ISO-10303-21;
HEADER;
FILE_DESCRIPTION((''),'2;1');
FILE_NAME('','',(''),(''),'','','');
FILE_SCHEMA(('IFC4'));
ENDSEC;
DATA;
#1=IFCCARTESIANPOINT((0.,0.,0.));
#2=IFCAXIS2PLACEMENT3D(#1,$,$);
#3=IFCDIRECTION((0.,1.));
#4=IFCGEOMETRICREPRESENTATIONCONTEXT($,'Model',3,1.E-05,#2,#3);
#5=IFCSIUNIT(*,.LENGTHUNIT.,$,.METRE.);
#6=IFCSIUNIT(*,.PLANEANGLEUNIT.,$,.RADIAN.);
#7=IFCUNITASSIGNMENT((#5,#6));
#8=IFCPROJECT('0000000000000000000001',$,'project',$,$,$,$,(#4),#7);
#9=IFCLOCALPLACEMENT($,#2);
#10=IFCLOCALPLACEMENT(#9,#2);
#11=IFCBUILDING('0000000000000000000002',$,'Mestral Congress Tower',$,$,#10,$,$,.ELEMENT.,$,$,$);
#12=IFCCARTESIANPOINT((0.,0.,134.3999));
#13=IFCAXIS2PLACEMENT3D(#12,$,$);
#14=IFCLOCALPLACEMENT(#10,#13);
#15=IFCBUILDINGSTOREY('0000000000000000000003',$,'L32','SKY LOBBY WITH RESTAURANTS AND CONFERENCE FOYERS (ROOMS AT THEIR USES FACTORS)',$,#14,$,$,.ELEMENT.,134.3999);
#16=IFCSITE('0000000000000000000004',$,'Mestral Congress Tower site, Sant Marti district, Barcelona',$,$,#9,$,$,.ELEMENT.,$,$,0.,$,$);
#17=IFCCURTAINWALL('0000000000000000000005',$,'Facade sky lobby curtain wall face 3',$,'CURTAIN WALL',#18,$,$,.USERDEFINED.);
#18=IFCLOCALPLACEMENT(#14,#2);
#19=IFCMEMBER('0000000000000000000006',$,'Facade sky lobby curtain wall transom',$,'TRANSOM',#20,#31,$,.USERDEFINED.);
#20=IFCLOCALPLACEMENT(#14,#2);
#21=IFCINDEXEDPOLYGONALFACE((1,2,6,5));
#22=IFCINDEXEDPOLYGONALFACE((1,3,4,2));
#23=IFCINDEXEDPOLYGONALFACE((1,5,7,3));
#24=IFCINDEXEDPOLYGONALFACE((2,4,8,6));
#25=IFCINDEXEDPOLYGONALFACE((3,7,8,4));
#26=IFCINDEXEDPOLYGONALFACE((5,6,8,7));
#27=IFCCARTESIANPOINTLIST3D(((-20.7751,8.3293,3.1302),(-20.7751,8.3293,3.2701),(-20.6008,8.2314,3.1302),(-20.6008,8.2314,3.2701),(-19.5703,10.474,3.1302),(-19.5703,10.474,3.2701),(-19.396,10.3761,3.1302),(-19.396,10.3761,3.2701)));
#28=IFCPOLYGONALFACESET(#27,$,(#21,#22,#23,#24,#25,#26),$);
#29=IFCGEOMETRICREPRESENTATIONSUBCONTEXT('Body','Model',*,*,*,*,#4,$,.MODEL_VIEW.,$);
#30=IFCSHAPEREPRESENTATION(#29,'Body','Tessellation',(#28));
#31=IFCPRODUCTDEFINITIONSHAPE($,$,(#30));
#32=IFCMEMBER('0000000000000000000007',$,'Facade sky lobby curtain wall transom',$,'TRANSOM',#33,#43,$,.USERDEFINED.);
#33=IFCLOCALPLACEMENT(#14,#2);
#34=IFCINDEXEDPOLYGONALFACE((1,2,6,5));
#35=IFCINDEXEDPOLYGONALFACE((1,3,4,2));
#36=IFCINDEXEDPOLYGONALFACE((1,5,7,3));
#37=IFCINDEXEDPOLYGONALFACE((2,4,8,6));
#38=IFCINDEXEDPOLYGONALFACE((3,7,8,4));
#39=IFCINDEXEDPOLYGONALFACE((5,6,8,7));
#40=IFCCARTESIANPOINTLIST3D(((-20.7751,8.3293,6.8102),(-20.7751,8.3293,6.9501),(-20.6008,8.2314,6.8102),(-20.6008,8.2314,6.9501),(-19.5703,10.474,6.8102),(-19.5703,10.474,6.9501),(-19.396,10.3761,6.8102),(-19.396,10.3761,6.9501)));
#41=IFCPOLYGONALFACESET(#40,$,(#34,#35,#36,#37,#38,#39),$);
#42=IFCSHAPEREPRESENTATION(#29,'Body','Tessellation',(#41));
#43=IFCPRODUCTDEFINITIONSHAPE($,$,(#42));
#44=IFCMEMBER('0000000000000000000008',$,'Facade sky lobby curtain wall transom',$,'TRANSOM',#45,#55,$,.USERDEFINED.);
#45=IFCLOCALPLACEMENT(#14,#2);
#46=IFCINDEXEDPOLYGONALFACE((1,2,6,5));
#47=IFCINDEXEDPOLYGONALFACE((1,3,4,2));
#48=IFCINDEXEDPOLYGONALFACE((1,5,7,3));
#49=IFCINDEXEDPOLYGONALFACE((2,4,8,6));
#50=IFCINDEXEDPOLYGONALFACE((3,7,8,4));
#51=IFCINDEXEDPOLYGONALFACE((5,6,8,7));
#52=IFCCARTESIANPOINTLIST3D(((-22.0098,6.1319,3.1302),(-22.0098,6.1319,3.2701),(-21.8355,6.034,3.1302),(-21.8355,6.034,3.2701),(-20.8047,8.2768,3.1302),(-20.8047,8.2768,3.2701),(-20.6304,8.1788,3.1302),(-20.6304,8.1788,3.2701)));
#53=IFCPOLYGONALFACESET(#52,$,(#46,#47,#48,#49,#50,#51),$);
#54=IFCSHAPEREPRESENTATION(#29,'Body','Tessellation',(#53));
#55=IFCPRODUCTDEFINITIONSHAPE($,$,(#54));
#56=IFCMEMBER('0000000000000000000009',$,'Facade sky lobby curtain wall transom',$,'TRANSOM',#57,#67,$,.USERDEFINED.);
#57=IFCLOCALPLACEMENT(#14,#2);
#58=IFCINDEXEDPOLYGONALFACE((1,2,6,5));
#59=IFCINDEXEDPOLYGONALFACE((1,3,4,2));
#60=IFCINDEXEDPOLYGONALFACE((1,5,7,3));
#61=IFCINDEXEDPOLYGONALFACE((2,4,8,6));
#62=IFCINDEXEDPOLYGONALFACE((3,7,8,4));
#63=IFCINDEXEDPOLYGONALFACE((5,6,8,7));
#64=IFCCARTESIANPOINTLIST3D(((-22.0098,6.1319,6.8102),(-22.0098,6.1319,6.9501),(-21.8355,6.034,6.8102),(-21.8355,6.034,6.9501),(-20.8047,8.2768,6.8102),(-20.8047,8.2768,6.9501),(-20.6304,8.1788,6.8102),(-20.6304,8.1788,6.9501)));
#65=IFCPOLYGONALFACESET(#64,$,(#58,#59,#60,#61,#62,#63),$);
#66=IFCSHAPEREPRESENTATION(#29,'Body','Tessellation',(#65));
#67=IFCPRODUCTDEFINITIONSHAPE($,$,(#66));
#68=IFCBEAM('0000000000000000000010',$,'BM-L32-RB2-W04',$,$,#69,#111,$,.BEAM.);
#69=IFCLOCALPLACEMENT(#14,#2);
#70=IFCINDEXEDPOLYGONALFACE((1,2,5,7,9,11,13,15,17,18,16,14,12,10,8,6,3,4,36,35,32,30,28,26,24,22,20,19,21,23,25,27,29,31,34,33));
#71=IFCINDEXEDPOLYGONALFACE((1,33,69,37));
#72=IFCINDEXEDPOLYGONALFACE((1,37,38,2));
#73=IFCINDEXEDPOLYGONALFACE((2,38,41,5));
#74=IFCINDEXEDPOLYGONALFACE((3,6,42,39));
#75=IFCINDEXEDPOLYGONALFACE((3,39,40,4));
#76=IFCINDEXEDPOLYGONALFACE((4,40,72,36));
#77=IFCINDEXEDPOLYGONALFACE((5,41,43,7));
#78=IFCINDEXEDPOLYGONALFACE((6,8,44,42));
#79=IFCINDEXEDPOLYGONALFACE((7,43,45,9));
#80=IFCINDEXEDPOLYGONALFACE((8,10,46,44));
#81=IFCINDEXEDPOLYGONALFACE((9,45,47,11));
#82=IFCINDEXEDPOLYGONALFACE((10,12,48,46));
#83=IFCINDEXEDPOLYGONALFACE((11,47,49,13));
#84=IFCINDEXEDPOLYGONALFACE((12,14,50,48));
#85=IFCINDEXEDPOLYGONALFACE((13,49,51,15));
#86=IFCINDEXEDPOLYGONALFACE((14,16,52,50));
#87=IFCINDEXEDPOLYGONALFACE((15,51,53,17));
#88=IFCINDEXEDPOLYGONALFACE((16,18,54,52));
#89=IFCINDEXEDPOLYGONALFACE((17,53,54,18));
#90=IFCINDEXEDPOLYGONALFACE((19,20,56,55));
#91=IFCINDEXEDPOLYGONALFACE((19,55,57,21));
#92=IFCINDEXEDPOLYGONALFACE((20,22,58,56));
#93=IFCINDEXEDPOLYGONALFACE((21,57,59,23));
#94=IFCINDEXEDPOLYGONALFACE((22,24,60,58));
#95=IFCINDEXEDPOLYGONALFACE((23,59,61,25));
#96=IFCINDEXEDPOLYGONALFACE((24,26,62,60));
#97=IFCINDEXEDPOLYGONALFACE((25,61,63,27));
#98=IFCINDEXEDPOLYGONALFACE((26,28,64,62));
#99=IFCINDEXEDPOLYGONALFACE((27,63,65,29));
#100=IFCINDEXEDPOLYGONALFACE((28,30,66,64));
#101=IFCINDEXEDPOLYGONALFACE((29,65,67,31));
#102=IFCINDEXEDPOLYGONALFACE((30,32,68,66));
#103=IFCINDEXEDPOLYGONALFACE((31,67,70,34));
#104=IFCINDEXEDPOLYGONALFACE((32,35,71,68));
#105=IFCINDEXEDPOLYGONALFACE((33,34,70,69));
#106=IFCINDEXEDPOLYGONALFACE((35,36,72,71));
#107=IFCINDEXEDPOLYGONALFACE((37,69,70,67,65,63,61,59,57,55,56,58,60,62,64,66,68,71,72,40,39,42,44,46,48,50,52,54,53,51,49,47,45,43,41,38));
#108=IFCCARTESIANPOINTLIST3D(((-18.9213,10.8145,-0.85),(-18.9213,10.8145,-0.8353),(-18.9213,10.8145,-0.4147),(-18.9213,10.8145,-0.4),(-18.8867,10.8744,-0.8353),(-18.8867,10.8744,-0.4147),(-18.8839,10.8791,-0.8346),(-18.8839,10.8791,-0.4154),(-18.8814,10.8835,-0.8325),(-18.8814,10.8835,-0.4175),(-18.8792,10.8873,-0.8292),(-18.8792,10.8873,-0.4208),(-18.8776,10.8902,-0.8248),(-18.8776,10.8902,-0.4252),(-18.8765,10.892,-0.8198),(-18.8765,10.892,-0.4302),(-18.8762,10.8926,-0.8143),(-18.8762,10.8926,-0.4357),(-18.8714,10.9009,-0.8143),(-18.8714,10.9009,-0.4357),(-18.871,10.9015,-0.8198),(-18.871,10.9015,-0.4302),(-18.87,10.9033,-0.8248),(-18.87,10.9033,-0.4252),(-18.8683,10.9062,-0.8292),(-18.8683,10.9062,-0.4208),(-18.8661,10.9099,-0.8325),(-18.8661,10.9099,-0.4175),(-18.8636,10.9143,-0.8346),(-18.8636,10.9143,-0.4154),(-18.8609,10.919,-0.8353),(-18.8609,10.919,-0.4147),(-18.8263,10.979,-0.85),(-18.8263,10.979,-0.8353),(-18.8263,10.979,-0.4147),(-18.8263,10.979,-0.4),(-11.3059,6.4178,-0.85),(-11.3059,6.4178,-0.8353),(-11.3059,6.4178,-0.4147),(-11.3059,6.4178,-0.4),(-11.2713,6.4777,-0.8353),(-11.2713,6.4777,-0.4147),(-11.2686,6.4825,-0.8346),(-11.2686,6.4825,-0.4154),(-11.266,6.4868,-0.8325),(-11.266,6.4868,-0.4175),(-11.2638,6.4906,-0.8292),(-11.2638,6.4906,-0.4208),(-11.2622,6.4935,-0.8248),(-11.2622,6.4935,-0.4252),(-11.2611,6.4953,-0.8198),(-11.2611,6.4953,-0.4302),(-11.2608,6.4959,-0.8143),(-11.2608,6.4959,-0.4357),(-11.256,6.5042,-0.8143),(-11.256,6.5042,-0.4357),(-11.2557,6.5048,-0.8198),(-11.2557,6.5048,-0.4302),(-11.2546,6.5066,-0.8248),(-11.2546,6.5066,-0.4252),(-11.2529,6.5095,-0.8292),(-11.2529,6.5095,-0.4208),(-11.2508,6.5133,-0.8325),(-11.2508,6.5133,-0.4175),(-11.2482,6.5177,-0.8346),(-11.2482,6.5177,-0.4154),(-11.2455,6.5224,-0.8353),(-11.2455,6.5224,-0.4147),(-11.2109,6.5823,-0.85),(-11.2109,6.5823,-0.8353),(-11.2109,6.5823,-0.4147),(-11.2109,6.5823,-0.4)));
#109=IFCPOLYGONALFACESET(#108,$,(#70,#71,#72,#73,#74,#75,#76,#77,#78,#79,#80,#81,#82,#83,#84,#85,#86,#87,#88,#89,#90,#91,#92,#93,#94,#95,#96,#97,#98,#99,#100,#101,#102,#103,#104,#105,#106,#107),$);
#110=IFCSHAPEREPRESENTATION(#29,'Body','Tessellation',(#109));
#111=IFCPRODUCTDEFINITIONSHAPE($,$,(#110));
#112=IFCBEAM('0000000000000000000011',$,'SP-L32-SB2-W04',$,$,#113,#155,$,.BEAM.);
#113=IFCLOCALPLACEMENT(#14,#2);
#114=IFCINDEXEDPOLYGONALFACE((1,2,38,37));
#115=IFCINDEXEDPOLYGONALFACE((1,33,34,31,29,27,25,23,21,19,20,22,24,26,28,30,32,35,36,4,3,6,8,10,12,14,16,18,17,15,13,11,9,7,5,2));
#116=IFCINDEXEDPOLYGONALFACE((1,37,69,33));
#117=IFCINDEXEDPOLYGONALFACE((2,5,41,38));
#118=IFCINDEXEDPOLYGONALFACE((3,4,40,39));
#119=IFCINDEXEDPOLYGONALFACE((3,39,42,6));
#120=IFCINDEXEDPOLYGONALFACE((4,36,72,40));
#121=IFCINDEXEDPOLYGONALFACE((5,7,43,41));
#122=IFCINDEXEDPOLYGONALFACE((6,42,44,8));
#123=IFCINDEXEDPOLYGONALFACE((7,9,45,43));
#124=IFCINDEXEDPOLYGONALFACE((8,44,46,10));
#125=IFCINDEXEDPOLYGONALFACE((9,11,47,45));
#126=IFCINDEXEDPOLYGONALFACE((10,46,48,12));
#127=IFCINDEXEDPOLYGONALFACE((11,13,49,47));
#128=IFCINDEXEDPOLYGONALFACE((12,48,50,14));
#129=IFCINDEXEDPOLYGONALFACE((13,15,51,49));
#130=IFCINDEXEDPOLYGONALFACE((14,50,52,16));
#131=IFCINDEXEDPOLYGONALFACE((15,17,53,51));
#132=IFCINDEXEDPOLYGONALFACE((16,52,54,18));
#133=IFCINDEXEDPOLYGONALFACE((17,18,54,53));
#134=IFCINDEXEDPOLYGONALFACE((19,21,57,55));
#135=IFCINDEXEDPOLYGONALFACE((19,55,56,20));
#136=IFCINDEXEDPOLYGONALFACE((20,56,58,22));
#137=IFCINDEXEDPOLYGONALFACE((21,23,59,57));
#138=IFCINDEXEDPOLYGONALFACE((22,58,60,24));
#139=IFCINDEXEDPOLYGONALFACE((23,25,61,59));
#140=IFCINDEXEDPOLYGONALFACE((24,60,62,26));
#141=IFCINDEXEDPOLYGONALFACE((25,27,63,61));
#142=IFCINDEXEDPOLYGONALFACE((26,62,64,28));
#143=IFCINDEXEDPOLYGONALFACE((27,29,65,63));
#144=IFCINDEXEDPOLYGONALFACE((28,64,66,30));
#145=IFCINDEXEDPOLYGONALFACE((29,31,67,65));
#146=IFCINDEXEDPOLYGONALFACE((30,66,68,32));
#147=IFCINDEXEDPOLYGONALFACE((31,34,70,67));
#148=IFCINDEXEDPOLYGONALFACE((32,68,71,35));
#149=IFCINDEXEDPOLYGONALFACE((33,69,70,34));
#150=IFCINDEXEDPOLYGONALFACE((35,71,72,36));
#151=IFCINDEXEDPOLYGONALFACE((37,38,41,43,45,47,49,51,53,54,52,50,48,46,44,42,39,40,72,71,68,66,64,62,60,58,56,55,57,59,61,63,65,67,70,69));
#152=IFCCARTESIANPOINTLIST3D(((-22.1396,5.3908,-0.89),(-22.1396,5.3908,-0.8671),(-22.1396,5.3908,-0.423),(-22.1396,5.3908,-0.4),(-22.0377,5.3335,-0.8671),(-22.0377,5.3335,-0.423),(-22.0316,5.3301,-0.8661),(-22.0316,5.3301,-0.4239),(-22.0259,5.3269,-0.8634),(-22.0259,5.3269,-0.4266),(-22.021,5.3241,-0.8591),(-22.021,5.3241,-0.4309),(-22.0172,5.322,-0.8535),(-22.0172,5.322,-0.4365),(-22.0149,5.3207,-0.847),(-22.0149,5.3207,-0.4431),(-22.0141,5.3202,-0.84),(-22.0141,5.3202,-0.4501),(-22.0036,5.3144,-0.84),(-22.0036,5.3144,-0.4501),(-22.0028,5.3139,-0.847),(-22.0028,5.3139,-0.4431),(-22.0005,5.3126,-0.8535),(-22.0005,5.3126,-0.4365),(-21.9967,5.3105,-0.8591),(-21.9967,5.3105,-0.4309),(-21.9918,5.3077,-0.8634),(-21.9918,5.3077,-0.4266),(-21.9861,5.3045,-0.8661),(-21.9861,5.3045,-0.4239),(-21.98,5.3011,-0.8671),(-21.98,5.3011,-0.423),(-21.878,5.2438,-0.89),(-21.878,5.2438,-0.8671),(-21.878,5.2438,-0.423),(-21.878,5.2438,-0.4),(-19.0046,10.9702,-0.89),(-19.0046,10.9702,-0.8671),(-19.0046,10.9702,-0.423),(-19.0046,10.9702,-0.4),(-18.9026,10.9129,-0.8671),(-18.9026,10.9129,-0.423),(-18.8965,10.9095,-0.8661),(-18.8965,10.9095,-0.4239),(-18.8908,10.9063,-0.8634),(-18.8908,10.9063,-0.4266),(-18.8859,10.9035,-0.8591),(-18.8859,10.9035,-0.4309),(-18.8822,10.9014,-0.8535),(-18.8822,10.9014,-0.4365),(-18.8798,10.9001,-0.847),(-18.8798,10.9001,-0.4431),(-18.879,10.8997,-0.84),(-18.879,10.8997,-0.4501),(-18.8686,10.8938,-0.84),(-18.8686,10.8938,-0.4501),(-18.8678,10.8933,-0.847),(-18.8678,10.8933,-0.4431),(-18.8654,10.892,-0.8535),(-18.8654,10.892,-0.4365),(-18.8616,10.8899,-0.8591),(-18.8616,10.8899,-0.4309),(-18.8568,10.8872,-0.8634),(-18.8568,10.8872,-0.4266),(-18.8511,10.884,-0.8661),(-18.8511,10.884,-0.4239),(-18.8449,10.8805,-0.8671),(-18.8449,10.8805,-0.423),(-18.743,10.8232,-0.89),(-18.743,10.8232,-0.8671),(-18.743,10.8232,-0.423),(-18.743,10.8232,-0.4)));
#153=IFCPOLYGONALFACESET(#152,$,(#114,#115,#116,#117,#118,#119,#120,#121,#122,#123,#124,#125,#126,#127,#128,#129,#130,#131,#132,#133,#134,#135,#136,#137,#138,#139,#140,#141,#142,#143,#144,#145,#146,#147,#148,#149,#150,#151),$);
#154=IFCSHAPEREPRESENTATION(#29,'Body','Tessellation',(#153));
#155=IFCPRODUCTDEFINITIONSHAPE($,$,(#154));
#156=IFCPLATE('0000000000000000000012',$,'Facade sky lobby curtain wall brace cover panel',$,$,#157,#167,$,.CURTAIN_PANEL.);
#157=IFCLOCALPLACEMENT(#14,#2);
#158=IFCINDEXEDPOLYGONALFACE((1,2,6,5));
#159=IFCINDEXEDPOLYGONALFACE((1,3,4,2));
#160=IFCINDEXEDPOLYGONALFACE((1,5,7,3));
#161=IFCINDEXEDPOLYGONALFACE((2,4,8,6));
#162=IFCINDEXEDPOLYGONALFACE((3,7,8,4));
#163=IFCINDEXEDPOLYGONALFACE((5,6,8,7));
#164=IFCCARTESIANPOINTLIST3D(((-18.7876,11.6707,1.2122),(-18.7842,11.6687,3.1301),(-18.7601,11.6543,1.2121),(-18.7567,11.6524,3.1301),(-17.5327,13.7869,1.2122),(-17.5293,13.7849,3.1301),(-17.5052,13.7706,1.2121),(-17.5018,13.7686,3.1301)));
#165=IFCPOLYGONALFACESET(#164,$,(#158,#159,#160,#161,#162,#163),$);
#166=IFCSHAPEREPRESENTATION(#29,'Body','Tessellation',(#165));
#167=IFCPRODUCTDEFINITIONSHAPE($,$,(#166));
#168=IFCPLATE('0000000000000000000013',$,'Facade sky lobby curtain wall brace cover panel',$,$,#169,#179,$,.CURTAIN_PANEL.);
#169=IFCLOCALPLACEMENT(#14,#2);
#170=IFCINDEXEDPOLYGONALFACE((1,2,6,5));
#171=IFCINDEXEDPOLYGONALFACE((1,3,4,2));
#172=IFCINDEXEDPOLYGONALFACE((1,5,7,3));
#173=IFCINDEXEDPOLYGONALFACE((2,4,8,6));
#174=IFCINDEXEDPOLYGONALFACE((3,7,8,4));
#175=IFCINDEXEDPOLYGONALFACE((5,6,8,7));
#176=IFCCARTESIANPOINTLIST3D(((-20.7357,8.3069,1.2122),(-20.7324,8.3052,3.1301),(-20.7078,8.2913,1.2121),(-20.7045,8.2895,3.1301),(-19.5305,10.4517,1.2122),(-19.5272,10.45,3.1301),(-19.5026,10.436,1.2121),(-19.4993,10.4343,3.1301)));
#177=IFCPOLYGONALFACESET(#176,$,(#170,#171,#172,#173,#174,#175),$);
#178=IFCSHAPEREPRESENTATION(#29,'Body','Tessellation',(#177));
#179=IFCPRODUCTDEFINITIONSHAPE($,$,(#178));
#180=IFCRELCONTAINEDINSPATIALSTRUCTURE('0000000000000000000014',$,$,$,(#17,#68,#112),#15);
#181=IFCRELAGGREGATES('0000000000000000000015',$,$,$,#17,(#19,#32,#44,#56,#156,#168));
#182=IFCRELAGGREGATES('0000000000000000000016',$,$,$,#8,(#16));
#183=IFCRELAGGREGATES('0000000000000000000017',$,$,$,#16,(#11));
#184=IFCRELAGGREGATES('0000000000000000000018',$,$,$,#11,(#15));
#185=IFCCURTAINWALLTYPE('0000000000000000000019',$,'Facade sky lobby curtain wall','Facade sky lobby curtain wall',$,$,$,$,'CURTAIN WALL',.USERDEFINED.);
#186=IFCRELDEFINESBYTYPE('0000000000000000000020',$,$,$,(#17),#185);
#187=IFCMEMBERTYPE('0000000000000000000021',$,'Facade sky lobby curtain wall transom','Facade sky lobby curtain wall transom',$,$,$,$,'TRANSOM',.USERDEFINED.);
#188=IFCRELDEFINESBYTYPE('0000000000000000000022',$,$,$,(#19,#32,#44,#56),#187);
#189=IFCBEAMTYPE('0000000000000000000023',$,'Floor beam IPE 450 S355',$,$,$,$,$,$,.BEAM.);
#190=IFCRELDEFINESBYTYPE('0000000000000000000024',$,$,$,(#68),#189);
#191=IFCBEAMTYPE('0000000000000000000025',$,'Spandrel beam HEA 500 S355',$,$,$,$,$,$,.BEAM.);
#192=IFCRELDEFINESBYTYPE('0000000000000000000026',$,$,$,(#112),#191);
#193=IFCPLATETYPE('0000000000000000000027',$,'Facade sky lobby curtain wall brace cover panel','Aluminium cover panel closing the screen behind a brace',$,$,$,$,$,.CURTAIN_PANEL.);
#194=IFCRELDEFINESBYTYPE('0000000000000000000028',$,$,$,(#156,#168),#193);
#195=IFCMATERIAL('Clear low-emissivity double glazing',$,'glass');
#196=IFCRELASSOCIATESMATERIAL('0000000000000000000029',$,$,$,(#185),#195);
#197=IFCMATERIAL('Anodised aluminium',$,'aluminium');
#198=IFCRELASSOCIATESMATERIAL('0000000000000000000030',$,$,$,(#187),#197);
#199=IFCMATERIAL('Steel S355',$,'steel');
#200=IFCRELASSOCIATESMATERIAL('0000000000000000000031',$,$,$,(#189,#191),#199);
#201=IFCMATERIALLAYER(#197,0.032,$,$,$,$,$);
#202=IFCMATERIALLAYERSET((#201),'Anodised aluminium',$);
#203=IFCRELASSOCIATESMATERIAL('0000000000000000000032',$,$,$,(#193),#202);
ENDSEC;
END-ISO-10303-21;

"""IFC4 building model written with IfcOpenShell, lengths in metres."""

from ifc_helpers import new_model, si_unit, direction, frame, origin, origin_2d, place, context, subcontext, project, spatial, polyline, rectangle, i_section, outline, extrude, material, layer, layer_set, material_profile, profile_set, type_object, element, aggregate, save


model = new_model("IFC4")

# Units and contexts
model_context = context("Model", 3, precision=1e-05, world=origin(), true_north=direction((0.0, 1.0)))
body_context = subcontext(model_context, "Body", "Model", "MODEL_VIEW")
ifc_project = project(units=[si_unit("LENGTHUNIT", "METRE"), si_unit("PLANEANGLEUNIT", "RADIAN")], contexts=[model_context])

# Site, building, storey
site_placement = place(None, origin())
site = spatial("IfcSite", under=ifc_project, at=site_placement, Name="Mestral Congress Tower site, Sant Marti district, Barcelona", CompositionType="ELEMENT", RefElevation=0.0)
building_placement = place(site_placement, origin())
building = spatial("IfcBuilding", under=site, at=building_placement, Name="Mestral Congress Tower", CompositionType="ELEMENT")
storey_placement = place(building_placement, frame((0.0, 0.0, 134.3999)))
storey = spatial("IfcBuildingStorey", under=building, at=storey_placement, Name="L32", Description="SKY LOBBY WITH RESTAURANTS AND CONFERENCE FOYERS (ROOMS AT THEIR USES FACTORS)", CompositionType="ELEMENT", Elevation=134.3999)

# Shared definitions
ifc_material_1 = material(Name="Steel S355", Category="steel")

# Curtain wall, members
ifc_material_2 = material(Name="Clear low-emissivity double glazing", Category="glass")
curtain_wall_type = type_object("IfcCurtainWallType", Name="Facade sky lobby curtain wall", Description="Facade sky lobby curtain wall", ElementType="CURTAIN WALL", PredefinedType="USERDEFINED", material=ifc_material_2)
curtain_wall_placement = place(storey_placement, origin())
curtain_wall = element("IfcCurtainWall", 1, at=curtain_wall_placement, inside=storey, type_object=curtain_wall_type, Name="Facade sky lobby curtain wall face 3", ObjectType="CURTAIN WALL", PredefinedType="USERDEFINED")
ifc_material_3 = material(Name="Anodised aluminium", Category="aluminium")
ifc_material_profile_1 = material_profile(ifc_material_3, rectangle(XDim=0.2, YDim=0.1399, at=origin_2d()), Name="CW1 transom 200 x 140")
ifc_profile_set_1 = profile_set([ifc_material_profile_1], Name="Anodised aluminium")
member_type_1 = type_object("IfcMemberType", Name="Facade sky lobby curtain wall transom", Description="Facade sky lobby curtain wall transom", ElementType="TRANSOM", PredefinedType="USERDEFINED", material=ifc_profile_set_1)
member_1_placement = place(storey_placement, frame((-19.4832, 10.425, 3.2002), z_axis=(-0.489766, -0.871854, 0.0), x_axis=(0.871854, -0.489766, 0.0)))
member_1 = element("IfcMember", 2, at=member_1_placement, type_object=member_type_1, Name="Facade sky lobby curtain wall transom", ObjectType="TRANSOM", PredefinedType="USERDEFINED", context=body_context, shape_type="SweptSolid", body=[
    extrude(rectangle(XDim=0.2, YDim=0.1399, at=origin_2d()), origin(), (0.0, 0.0, 1.0), 2.46),
])
member_2_placement = place(storey_placement, frame((-19.4832, 10.425, 6.8801), z_axis=(-0.489766, -0.871854, 0.0), x_axis=(0.871854, -0.489766, 0.0)))
member_2 = element("IfcMember", 3, at=member_2_placement, type_object=member_type_1, Name="Facade sky lobby curtain wall transom", ObjectType="TRANSOM", PredefinedType="USERDEFINED", context=body_context, shape_type="SweptSolid", body=[
    extrude(rectangle(XDim=0.2, YDim=0.1399, at=origin_2d()), origin(), (0.0, 0.0, 1.0), 2.46),
])
member_3_placement = place(storey_placement, frame((-20.7175, 8.2278, 3.2002), z_axis=(-0.489842, -0.871811, 0.0), x_axis=(0.871811, -0.489842, 0.0)))
member_3 = element("IfcMember", 4, at=member_3_placement, type_object=member_type_1, Name="Facade sky lobby curtain wall transom", ObjectType="TRANSOM", PredefinedType="USERDEFINED", context=body_context, shape_type="SweptSolid", body=[
    extrude(rectangle(XDim=0.2, YDim=0.1399, at=origin_2d()), origin(), (0.0, 0.0, 1.0), 2.4602),
])
member_4_placement = place(storey_placement, frame((-20.7175, 8.2278, 6.8801), z_axis=(-0.489842, -0.871811, 0.0), x_axis=(0.871811, -0.489842, 0.0)))
member_4 = element("IfcMember", 5, at=member_4_placement, type_object=member_type_1, Name="Facade sky lobby curtain wall transom", ObjectType="TRANSOM", PredefinedType="USERDEFINED", context=body_context, shape_type="SweptSolid", body=[
    extrude(rectangle(XDim=0.2, YDim=0.1399, at=origin_2d()), origin(), (0.0, 0.0, 1.0), 2.4602),
])

# Beams
ifc_material_profile_2 = material_profile(ifc_material_1, i_section(OverallWidth=0.1899, OverallDepth=0.45, WebThickness=0.0095, FlangeThickness=0.0146, FilletRadius=0.021, at=origin_2d()), Name="IPE 450")
ifc_profile_set_2 = profile_set([ifc_material_profile_2], Name="Steel S355")
beam_type_1 = type_object("IfcBeamType", Name="Floor beam IPE 450 S355", PredefinedType="BEAM", material=ifc_profile_set_2)
beam_1_placement = place(storey_placement, frame((-18.8738, 10.8967, -0.625), z_axis=(0.866029, -0.499994, 0.0), x_axis=(0.499994, 0.866029, 0.0)))
element("IfcBeam", 6, at=beam_1_placement, inside=storey, type_object=beam_type_1, Name="BM-L32-RB2-W04", PredefinedType="BEAM", context=body_context, shape_type="SweptSolid", body=[
    extrude(i_section(OverallWidth=0.1899, OverallDepth=0.45, WebThickness=0.0095, FlangeThickness=0.0146, FilletRadius=0.021, at=origin_2d()), origin(), (0.0, 0.0, 1.0), 8.7935),
])
ifc_material_profile_3 = material_profile(ifc_material_1, i_section(OverallWidth=0.3, OverallDepth=0.49, WebThickness=0.012, FlangeThickness=0.0229, FilletRadius=0.0271, at=origin_2d()), Name="HEA 500")
ifc_profile_set_3 = profile_set([ifc_material_profile_3], Name="Steel S355")
beam_type_2 = type_object("IfcBeamType", Name="Spandrel beam HEA 500 S355", PredefinedType="BEAM", material=ifc_profile_set_3)
beam_2_placement = place(storey_placement, frame((-18.8738, 10.8967, -0.645), z_axis=(-0.489861, -0.871801, 0.0), x_axis=(0.871801, -0.489861, 0.0)))
element("IfcBeam", 7, at=beam_2_placement, inside=storey, type_object=beam_type_2, Name="SP-L32-SB2-W04", PredefinedType="BEAM", context=body_context, shape_type="SweptSolid", body=[
    extrude(i_section(OverallWidth=0.3, OverallDepth=0.49, WebThickness=0.012, FlangeThickness=0.0229, FilletRadius=0.0271, at=origin_2d()), origin(), (0.0, 0.0, 1.0), 6.3999),
])

# Plates
ifc_layer_1 = layer(ifc_material_3, 0.032)
ifc_layer_set_1 = layer_set([ifc_layer_1], Name="Anodised aluminium")
plate_type_1 = type_object("IfcPlateType", Name="Facade sky lobby curtain wall brace cover panel", Description="Aluminium cover panel closing the screen behind a brace", PredefinedType="CURTAIN_PANEL", material=ifc_layer_set_1)
plate_1_placement = place(storey_placement, frame((-18.7842, 11.6687, 3.1301), z_axis=(-0.860141, 0.510052, 0.002052), x_axis=(-0.001782, 0.001018, -0.999998)))
plate_1 = element("IfcPlate", 8, at=plate_1_placement, type_object=plate_type_1, Name="Facade sky lobby curtain wall brace cover panel", PredefinedType="CURTAIN_PANEL", context=body_context, shape_type="SweptSolid", body=[
    extrude(outline(polyline([(0.0, 0.0), (1.918, 0.0), (1.9179, -2.4603), (-0.0001, -2.4603), (0.0, 0.0)])), origin(), (0.0, 0.0, -1.0), 0.032),
])
plate_2_placement = place(storey_placement, frame((-20.7324, 8.3052, 3.1301), z_axis=(-0.871788, 0.489879, 0.001935), x_axis=(-0.001703, 0.000918, -0.999998)))
plate_2 = element("IfcPlate", 9, at=plate_2_placement, type_object=plate_type_1, Name="Facade sky lobby curtain wall brace cover panel", PredefinedType="CURTAIN_PANEL", context=body_context, shape_type="SweptSolid", body=[
    extrude(outline(polyline([(0.0, 0.0), (1.918, 0.0), (1.9179, -2.4601), (-0.0001, -2.4603), (0.0, 0.0)])), origin(), (0.0, 0.0, -1.0), 0.032),
])
aggregate(curtain_wall, [member_1, member_2, member_3, member_4, plate_1, plate_2])

save(model, "model.ifc")
